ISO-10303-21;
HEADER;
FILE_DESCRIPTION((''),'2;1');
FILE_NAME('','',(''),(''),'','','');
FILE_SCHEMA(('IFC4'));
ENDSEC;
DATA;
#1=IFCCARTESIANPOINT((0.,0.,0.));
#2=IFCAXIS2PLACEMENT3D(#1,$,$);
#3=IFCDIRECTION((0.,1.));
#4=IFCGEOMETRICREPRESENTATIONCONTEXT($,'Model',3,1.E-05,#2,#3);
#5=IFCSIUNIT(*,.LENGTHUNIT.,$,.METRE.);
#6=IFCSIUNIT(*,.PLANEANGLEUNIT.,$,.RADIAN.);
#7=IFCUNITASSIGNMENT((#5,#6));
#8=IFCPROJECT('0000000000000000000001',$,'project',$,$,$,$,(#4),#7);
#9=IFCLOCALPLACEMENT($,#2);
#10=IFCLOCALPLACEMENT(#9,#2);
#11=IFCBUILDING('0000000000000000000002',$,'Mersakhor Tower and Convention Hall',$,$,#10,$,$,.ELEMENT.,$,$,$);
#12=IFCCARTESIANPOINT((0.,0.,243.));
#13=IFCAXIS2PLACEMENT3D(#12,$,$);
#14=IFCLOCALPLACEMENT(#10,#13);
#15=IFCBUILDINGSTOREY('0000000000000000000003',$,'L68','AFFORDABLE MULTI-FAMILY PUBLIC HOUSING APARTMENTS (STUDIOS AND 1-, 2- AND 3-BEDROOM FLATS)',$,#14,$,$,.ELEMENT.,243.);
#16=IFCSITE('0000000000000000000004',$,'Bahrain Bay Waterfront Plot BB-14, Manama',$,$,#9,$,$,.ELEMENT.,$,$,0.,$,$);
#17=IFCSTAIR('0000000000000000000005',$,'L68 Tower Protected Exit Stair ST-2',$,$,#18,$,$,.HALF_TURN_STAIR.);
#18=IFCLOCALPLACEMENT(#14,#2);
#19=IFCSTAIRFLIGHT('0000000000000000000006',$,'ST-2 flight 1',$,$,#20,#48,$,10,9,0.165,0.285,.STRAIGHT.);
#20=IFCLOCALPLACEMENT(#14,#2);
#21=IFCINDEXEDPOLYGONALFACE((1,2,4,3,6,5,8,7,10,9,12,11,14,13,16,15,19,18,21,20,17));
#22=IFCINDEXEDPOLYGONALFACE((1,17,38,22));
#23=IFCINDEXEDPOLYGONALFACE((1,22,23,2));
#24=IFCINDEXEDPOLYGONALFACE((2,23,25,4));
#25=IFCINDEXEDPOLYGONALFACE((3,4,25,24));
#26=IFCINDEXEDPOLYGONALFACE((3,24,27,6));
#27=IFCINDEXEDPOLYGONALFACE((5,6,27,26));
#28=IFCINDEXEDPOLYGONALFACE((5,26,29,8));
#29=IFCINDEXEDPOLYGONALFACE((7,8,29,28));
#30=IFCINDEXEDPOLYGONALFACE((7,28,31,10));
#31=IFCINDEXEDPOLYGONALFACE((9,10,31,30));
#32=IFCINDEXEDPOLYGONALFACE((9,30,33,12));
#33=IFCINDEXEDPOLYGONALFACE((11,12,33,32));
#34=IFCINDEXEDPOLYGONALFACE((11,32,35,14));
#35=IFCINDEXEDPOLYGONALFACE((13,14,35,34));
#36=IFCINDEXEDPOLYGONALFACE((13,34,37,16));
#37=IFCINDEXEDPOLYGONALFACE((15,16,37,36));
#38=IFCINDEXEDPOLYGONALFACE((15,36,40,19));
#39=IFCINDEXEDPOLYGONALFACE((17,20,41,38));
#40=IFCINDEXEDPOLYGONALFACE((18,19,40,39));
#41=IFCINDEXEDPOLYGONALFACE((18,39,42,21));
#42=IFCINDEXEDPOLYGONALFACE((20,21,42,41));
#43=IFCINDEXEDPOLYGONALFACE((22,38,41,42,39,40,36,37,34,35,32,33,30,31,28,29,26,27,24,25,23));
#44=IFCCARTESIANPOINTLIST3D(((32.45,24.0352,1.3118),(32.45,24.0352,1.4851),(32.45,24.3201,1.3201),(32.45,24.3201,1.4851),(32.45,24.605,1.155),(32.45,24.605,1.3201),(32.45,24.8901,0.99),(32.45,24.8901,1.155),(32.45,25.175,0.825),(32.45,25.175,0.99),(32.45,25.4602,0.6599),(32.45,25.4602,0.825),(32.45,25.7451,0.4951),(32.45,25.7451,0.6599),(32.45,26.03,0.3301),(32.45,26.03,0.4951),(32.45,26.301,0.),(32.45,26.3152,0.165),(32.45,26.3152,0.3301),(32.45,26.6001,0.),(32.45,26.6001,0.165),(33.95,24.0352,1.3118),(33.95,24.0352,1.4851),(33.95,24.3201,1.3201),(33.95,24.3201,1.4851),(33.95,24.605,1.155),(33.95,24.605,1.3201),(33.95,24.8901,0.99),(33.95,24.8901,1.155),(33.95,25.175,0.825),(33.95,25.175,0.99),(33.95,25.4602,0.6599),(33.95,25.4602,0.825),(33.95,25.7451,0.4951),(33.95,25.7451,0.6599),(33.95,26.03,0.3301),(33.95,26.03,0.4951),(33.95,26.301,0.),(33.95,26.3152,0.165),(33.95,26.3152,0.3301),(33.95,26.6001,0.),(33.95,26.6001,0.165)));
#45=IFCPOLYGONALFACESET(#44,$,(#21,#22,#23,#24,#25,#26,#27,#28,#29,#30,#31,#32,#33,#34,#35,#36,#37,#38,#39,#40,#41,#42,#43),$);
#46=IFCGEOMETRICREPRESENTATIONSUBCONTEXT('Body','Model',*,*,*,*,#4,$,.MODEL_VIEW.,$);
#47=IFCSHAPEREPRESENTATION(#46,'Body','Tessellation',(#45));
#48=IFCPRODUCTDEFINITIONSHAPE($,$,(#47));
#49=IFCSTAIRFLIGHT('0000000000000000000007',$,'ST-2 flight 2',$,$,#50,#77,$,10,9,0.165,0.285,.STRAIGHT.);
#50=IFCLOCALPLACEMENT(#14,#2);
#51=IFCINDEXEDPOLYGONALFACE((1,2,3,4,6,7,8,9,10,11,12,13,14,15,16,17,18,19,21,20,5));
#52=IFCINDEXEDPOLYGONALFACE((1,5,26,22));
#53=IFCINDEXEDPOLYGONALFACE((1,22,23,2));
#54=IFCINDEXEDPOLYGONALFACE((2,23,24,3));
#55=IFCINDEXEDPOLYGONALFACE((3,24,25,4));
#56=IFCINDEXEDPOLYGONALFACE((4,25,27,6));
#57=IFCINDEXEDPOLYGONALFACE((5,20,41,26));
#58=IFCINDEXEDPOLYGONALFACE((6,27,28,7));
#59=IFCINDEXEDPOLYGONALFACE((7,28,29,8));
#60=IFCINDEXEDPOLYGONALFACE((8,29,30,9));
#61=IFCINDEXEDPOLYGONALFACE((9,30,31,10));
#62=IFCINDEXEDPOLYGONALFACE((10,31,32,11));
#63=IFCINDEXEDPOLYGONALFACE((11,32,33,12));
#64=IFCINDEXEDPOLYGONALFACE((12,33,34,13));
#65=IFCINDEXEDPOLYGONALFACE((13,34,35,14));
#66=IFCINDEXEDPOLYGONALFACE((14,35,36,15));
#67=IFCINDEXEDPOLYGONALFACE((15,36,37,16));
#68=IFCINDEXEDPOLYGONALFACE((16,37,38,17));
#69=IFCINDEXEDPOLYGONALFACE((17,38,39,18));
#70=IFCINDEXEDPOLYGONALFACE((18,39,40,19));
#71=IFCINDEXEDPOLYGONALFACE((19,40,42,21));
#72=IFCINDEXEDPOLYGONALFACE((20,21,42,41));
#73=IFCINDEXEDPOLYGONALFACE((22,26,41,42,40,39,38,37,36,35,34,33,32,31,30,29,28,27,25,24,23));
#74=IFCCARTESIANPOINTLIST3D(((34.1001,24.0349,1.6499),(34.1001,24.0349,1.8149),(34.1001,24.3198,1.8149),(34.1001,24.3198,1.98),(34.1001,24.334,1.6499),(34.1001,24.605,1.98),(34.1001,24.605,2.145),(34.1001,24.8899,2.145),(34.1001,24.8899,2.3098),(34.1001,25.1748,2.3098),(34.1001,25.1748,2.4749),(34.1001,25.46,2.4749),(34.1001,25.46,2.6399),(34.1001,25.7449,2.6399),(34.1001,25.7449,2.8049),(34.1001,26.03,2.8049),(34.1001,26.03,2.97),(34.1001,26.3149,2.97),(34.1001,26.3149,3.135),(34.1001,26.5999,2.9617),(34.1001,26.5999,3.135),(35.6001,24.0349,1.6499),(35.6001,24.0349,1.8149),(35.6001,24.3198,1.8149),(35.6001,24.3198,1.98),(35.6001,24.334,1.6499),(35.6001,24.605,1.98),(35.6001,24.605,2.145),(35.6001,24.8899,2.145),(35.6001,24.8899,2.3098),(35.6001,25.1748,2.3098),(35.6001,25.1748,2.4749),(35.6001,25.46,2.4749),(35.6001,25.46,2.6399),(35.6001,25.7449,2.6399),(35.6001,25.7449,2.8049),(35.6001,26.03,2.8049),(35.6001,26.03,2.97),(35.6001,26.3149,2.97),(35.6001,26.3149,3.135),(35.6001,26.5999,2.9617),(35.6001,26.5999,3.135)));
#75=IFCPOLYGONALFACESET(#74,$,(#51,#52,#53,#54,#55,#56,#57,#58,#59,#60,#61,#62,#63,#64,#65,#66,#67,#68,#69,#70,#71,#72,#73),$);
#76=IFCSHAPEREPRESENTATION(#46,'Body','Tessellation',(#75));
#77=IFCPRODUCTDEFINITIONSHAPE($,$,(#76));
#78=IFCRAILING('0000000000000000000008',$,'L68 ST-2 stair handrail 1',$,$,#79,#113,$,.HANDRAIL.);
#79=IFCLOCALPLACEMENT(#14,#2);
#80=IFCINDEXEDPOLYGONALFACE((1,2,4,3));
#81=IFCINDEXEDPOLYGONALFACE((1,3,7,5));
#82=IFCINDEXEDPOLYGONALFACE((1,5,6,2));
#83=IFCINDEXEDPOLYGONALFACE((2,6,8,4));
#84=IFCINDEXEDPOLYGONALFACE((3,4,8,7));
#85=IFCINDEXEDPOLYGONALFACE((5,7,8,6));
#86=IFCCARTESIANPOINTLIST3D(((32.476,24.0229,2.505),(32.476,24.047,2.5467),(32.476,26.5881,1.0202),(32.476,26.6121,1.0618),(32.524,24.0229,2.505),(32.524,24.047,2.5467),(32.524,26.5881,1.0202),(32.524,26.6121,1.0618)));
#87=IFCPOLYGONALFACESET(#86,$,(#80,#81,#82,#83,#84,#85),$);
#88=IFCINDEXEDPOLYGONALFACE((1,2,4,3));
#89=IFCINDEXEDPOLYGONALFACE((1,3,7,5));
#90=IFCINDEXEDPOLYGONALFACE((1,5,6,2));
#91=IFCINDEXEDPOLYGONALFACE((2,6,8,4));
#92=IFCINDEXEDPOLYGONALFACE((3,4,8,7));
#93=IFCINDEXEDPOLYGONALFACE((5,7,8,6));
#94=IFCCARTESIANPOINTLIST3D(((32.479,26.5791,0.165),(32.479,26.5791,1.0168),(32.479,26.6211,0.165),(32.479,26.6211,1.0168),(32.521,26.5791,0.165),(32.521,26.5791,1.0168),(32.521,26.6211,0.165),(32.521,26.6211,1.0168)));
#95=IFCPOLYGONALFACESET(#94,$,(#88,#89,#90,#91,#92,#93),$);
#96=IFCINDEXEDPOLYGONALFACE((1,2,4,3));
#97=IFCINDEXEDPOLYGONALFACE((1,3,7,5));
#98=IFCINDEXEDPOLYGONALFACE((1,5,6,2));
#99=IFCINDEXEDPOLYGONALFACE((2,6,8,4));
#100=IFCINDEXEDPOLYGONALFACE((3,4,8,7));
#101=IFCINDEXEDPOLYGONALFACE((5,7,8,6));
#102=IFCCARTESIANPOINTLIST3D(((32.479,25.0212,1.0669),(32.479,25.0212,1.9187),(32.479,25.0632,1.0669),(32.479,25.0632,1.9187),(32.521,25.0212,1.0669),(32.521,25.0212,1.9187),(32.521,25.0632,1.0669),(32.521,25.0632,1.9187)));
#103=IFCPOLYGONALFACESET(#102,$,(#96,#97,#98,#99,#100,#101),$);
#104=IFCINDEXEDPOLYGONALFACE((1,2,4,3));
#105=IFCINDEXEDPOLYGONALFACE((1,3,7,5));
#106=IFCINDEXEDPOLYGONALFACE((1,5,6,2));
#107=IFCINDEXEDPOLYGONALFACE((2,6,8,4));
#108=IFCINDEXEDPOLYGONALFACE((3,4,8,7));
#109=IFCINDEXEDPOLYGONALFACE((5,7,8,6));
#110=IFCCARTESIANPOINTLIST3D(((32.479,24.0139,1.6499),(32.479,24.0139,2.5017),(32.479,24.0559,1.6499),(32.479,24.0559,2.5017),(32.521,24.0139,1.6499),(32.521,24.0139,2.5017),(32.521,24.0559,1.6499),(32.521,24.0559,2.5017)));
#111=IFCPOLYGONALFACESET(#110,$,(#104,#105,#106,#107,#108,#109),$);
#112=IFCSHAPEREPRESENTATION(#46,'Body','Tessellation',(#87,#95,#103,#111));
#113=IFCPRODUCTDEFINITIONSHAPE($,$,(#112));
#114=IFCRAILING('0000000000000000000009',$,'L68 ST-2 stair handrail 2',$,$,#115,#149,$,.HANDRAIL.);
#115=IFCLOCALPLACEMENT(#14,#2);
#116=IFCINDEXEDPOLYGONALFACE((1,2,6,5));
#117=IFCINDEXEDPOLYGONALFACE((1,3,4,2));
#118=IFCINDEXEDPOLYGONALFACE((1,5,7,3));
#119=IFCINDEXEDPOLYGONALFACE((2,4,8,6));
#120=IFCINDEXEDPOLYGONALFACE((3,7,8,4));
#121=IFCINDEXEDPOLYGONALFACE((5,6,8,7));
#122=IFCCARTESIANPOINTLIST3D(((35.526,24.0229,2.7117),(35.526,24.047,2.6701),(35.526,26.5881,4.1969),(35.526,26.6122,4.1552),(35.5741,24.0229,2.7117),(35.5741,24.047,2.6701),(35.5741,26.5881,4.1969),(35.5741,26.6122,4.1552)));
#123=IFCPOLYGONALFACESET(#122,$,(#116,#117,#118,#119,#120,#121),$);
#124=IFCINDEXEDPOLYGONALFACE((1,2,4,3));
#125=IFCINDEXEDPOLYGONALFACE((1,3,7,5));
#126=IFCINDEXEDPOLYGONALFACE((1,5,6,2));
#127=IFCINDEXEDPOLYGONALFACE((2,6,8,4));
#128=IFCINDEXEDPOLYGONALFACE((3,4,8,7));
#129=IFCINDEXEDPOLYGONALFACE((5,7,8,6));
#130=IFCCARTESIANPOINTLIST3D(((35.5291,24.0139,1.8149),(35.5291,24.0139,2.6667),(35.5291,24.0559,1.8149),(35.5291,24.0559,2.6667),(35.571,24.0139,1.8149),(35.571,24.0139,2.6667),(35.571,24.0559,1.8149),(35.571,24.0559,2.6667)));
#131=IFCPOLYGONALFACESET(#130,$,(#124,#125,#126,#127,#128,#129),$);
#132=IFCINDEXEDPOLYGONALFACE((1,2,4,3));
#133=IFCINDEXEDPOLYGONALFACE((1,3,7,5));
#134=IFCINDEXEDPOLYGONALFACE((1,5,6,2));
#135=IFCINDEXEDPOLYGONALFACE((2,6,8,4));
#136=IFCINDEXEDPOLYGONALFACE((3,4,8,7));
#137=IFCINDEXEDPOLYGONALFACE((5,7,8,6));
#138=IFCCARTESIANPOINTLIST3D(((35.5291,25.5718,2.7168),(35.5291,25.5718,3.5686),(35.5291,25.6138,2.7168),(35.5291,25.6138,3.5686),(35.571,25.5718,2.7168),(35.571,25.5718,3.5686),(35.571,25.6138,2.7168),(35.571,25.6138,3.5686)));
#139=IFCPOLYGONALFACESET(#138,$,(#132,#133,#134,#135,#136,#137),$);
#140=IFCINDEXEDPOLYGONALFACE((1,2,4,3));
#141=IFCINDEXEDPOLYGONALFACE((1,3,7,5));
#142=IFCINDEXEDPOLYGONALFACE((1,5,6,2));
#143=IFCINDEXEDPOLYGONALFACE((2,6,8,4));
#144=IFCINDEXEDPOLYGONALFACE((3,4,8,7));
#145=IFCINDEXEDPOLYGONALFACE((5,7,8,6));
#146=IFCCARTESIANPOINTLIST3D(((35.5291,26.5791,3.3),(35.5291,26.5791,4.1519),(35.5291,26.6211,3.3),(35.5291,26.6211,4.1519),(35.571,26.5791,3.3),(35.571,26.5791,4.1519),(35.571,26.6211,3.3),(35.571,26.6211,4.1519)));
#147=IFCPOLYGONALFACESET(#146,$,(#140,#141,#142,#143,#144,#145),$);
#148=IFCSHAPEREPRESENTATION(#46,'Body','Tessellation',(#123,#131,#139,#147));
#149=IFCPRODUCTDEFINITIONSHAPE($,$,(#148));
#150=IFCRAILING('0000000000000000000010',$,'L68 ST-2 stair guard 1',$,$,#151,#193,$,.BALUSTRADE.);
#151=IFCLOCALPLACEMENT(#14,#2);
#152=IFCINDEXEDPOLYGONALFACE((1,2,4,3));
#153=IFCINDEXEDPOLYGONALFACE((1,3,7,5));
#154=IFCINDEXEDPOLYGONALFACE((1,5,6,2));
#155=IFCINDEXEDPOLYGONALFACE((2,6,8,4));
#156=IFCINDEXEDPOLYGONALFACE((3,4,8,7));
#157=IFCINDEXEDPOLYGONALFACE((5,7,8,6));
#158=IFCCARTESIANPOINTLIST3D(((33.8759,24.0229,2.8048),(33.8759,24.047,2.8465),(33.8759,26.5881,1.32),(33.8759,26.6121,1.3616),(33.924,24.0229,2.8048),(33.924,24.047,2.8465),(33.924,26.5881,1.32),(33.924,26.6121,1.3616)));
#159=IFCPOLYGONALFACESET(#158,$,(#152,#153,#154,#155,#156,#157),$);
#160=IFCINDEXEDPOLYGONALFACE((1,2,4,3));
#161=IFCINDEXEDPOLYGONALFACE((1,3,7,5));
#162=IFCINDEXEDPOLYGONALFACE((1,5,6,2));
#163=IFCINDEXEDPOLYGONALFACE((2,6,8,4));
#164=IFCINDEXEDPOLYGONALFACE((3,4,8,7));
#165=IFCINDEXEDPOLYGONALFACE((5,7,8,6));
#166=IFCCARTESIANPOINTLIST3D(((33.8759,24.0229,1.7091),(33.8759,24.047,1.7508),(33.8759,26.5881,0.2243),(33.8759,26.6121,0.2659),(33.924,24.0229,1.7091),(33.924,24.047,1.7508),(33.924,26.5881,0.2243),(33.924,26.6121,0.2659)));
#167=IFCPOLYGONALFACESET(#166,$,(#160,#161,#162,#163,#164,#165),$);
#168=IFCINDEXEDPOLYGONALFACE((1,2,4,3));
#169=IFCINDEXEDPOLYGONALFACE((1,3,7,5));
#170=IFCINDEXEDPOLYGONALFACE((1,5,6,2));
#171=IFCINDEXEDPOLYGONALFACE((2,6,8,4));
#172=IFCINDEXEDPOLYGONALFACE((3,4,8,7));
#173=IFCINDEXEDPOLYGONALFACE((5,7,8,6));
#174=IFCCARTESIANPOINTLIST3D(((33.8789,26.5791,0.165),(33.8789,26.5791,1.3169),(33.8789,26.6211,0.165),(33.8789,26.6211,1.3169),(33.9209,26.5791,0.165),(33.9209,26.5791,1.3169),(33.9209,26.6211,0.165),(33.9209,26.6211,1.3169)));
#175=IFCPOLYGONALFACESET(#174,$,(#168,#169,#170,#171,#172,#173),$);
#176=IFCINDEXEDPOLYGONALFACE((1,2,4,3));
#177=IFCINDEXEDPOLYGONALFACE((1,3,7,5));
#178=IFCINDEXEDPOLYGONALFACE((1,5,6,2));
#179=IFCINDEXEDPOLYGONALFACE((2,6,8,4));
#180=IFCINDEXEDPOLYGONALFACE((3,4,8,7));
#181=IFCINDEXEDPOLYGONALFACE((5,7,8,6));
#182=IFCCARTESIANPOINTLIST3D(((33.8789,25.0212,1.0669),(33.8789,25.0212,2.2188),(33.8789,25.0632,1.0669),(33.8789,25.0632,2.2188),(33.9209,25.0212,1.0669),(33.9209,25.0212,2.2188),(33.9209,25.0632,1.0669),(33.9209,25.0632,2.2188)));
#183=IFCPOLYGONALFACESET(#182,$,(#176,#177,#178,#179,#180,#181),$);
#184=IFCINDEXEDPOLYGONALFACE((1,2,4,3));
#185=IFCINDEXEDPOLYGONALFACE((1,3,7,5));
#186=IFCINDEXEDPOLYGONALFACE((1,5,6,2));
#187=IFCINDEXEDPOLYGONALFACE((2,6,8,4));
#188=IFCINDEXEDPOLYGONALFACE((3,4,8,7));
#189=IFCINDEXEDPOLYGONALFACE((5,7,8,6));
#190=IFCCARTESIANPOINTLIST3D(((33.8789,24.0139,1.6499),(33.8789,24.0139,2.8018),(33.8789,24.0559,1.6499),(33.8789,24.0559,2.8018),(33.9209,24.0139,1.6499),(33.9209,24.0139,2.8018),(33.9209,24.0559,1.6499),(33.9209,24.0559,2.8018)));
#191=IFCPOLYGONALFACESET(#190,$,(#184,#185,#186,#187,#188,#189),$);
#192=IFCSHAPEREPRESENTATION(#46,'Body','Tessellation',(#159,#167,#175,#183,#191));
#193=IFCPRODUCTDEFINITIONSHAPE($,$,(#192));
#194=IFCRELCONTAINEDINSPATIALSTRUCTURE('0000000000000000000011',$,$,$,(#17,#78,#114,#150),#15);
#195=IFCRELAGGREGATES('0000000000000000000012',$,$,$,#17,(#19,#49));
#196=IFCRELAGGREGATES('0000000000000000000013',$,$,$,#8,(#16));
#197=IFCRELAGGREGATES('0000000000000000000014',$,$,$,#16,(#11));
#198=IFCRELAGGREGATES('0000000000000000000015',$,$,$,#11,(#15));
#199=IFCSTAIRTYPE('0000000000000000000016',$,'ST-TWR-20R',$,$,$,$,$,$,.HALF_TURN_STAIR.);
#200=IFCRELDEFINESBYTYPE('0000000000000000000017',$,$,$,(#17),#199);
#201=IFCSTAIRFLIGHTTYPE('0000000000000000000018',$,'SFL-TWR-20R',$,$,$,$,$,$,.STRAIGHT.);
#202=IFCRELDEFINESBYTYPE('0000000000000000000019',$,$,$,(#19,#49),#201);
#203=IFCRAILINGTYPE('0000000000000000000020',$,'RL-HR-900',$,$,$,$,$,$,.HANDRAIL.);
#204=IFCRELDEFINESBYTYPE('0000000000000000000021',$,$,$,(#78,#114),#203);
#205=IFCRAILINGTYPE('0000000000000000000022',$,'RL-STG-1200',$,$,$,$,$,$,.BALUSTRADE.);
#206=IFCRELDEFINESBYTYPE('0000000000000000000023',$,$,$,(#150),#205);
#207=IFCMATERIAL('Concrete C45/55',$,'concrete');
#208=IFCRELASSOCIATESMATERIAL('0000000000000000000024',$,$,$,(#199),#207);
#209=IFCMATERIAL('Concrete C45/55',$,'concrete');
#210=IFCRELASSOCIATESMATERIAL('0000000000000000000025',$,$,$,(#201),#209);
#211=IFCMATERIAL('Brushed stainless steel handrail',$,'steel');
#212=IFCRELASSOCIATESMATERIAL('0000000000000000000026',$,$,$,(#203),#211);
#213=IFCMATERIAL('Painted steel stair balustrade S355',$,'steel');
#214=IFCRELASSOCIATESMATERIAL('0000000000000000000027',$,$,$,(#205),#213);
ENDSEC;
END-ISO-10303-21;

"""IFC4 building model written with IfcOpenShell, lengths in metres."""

from ifc_helpers import new_model, si_unit, direction, frame, origin, origin_2d, place, context, subcontext, project, spatial, polyline, rectangle, outline, extrude, material, type_object, element, aggregate, save


model = new_model("IFC4")

# Units and contexts
model_context = context("Model", 3, precision=1e-05, world=origin(), true_north=direction((0.0, 1.0)))
body_context = subcontext(model_context, "Body", "Model", "MODEL_VIEW")
ifc_project = project(units=[si_unit("LENGTHUNIT", "METRE"), si_unit("PLANEANGLEUNIT", "RADIAN")], contexts=[model_context])

# Site, building, storey
site_placement = place(None, origin())
site = spatial("IfcSite", under=ifc_project, at=site_placement, Name="Bahrain Bay Waterfront Plot BB-14, Manama", CompositionType="ELEMENT", RefElevation=0.0)
building_placement = place(site_placement, origin())
building = spatial("IfcBuilding", under=site, at=building_placement, Name="Mersakhor Tower and Convention Hall", CompositionType="ELEMENT")
storey_placement = place(building_placement, frame((0.0, 0.0, 243.0)))
storey = spatial("IfcBuildingStorey", under=building, at=storey_placement, Name="L68", Description="AFFORDABLE MULTI-FAMILY PUBLIC HOUSING APARTMENTS (STUDIOS AND 1-, 2- AND 3-BEDROOM FLATS)", CompositionType="ELEMENT", Elevation=243.0)

# Stair, stair flights
ifc_material_1 = material(Name="Concrete C45/55", Category="concrete")
stair_type = type_object("IfcStairType", Name="ST-TWR-20R", PredefinedType="HALF_TURN_STAIR", material=ifc_material_1)
stair_placement = place(storey_placement, origin())
stair = element("IfcStair", 1, at=stair_placement, inside=storey, type_object=stair_type, Name="L68 Tower Protected Exit Stair ST-2", PredefinedType="HALF_TURN_STAIR")
ifc_material_2 = material(Name="Concrete C45/55", Category="concrete")
stair_flight_type = type_object("IfcStairFlightType", Name="SFL-TWR-20R", PredefinedType="STRAIGHT", material=ifc_material_2)
stair_flight_1_placement = place(storey_placement, frame((33.2, 26.6001, 0.0), z_axis=(0.0, 0.0, 1.0), x_axis=(0.0, -1.0, 0.0)))
stair_flight_1 = element("IfcStairFlight", 2, at=stair_flight_1_placement, type_object=stair_flight_type, Name="ST-2 flight 1", NumberOfRisers=10, NumberOfTreads=9, PredefinedType="STRAIGHT", RiserHeight=0.165, TreadLength=0.285, context=body_context, shape_type="SweptSolid", body=[
    extrude(outline(polyline([(0.0, 0.0), (0.0, 0.165), (0.2849, 0.165), (0.2849, 0.3301), (0.5701, 0.3301), (0.5701, 0.4951), (0.855, 0.4951), (0.855, 0.6599), (1.1399, 0.6599), (1.1399, 0.825), (1.425, 0.825), (1.425, 0.99), (1.71, 0.99), (1.71, 1.155), (1.9951, 1.155), (1.9951, 1.3201), (2.28, 1.3201), (2.28, 1.4851), (2.5649, 1.4851), (2.5649, 1.6499), (2.5649, 1.3118), (0.2991, 0.0), (0.0, 0.0)])), frame((0.0, 0.75, 0.0), z_axis=(0.0, -1.0, 0.0), x_axis=(1.0, 0.0, 0.0)), (0.0, 0.0, 1.0), 1.5),
])
stair_flight_2_placement = place(storey_placement, frame((34.8501, 24.0349, 1.6499), z_axis=(0.0, 0.0, 1.0), x_axis=(0.0, 1.0, 0.0)))
stair_flight_2 = element("IfcStairFlight", 3, at=stair_flight_2_placement, type_object=stair_flight_type, Name="ST-2 flight 2", NumberOfRisers=10, NumberOfTreads=9, PredefinedType="STRAIGHT", RiserHeight=0.165, TreadLength=0.285, context=body_context, shape_type="SweptSolid", body=[
    extrude(outline(polyline([(0.0, 0.0), (0.0, 0.165), (0.2849, 0.165), (0.2849, 0.3301), (0.5701, 0.3301), (0.5701, 0.4951), (0.855, 0.4951), (0.855, 0.6599), (1.1399, 0.6599), (1.1399, 0.825), (1.425, 0.825), (1.425, 0.99), (1.71, 0.99), (1.71, 1.155), (1.9951, 1.155), (1.9951, 1.3201), (2.28, 1.3201), (2.28, 1.4851), (2.5649, 1.4851), (2.5649, 1.6499), (2.5649, 1.3118), (0.2991, 0.0), (0.0, 0.0)])), frame((0.0, 0.75, 0.0), z_axis=(0.0, -1.0, 0.0), x_axis=(1.0, 0.0, 0.0)), (0.0, 0.0, 1.0), 1.5),
])
aggregate(stair, [stair_flight_1, stair_flight_2])

# Railings
ifc_material_3 = material(Name="Brushed stainless steel handrail", Category="steel")
railing_type_1 = type_object("IfcRailingType", Name="RL-HR-900", PredefinedType="HANDRAIL", material=ifc_material_3)
railing_1_placement = place(storey_placement, frame((32.5, 26.6001, 0.165)))
element("IfcRailing", 4, at=railing_1_placement, inside=storey, type_object=railing_type_1, Name="L68 ST-2 stair handrail 1", PredefinedType="HANDRAIL", context=body_context, shape_type="SweptSolid", body=[
    extrude(rectangle(XDim=0.0481, YDim=0.0481, at=origin_2d()), frame((0.0, 0.0, 0.876), z_axis=(0.0, -0.865462, 0.500975), x_axis=(1.0, 0.0, 0.0)), (0.0, 0.0, 1.0), 2.9639),
    extrude(rectangle(XDim=0.042, YDim=0.042, at=origin_2d()), origin(), (0.0, 0.0, 1.0), 0.8518),
    extrude(rectangle(XDim=0.042, YDim=0.042, at=origin_2d()), frame((0.0, -1.5579, 0.9019)), (0.0, 0.0, 1.0), 0.8518),
    extrude(rectangle(XDim=0.042, YDim=0.042, at=origin_2d()), frame((0.0, -2.5652, 1.4849)), (0.0, 0.0, 1.0), 0.8518),
])
railing_2_placement = place(storey_placement, frame((35.55, 24.0349, 1.8149)))
element("IfcRailing", 5, at=railing_2_placement, inside=storey, type_object=railing_type_1, Name="L68 ST-2 stair handrail 2", PredefinedType="HANDRAIL", context=body_context, shape_type="SweptSolid", body=[
    extrude(rectangle(XDim=0.0481, YDim=0.0481, at=origin_2d()), frame((0.0, 0.0, 0.876), z_axis=(0.0, 0.865426, 0.501036), x_axis=(-1.0, 0.0, 0.0)), (0.0, 0.0, 1.0), 2.9641),
    extrude(rectangle(XDim=0.042, YDim=0.042, at=origin_2d()), origin(), (0.0, 0.0, 1.0), 0.8518),
    extrude(rectangle(XDim=0.042, YDim=0.042, at=origin_2d()), frame((0.0, 1.5579, 0.9019)), (0.0, 0.0, 1.0), 0.8518),
    extrude(rectangle(XDim=0.042, YDim=0.042, at=origin_2d()), frame((0.0, 2.5652, 1.4851)), (0.0, 0.0, 1.0), 0.8518),
])
ifc_material_4 = material(Name="Painted steel stair balustrade S355", Category="steel")
railing_type_2 = type_object("IfcRailingType", Name="RL-STG-1200", PredefinedType="BALUSTRADE", material=ifc_material_4)
railing_3_placement = place(storey_placement, frame((33.8999, 26.6001, 0.165)))
element("IfcRailing", 6, at=railing_3_placement, inside=storey, type_object=railing_type_2, Name="L68 ST-2 stair guard 1", PredefinedType="BALUSTRADE", context=body_context, shape_type="SweptSolid", body=[
    extrude(rectangle(XDim=0.0481, YDim=0.0481, at=origin_2d()), frame((0.0, 0.0, 1.1758), z_axis=(0.0, -0.865462, 0.500975), x_axis=(1.0, 0.0, 0.0)), (0.0, 0.0, 1.0), 2.9639),
    extrude(rectangle(XDim=0.0481, YDim=0.0481, at=origin_2d()), frame((0.0, 0.0, 0.0801), z_axis=(0.0, -0.865462, 0.500975), x_axis=(1.0, 0.0, 0.0)), (0.0, 0.0, 1.0), 2.9639),
    extrude(rectangle(XDim=0.042, YDim=0.042, at=origin_2d()), origin(), (0.0, 0.0, 1.0), 1.1519),
    extrude(rectangle(XDim=0.042, YDim=0.042, at=origin_2d()), frame((0.0, -1.5579, 0.9019)), (0.0, 0.0, 1.0), 1.1519),
    extrude(rectangle(XDim=0.042, YDim=0.042, at=origin_2d()), frame((0.0, -2.5652, 1.4849)), (0.0, 0.0, 1.0), 1.1519),
])

save(model, "model.ifc")
